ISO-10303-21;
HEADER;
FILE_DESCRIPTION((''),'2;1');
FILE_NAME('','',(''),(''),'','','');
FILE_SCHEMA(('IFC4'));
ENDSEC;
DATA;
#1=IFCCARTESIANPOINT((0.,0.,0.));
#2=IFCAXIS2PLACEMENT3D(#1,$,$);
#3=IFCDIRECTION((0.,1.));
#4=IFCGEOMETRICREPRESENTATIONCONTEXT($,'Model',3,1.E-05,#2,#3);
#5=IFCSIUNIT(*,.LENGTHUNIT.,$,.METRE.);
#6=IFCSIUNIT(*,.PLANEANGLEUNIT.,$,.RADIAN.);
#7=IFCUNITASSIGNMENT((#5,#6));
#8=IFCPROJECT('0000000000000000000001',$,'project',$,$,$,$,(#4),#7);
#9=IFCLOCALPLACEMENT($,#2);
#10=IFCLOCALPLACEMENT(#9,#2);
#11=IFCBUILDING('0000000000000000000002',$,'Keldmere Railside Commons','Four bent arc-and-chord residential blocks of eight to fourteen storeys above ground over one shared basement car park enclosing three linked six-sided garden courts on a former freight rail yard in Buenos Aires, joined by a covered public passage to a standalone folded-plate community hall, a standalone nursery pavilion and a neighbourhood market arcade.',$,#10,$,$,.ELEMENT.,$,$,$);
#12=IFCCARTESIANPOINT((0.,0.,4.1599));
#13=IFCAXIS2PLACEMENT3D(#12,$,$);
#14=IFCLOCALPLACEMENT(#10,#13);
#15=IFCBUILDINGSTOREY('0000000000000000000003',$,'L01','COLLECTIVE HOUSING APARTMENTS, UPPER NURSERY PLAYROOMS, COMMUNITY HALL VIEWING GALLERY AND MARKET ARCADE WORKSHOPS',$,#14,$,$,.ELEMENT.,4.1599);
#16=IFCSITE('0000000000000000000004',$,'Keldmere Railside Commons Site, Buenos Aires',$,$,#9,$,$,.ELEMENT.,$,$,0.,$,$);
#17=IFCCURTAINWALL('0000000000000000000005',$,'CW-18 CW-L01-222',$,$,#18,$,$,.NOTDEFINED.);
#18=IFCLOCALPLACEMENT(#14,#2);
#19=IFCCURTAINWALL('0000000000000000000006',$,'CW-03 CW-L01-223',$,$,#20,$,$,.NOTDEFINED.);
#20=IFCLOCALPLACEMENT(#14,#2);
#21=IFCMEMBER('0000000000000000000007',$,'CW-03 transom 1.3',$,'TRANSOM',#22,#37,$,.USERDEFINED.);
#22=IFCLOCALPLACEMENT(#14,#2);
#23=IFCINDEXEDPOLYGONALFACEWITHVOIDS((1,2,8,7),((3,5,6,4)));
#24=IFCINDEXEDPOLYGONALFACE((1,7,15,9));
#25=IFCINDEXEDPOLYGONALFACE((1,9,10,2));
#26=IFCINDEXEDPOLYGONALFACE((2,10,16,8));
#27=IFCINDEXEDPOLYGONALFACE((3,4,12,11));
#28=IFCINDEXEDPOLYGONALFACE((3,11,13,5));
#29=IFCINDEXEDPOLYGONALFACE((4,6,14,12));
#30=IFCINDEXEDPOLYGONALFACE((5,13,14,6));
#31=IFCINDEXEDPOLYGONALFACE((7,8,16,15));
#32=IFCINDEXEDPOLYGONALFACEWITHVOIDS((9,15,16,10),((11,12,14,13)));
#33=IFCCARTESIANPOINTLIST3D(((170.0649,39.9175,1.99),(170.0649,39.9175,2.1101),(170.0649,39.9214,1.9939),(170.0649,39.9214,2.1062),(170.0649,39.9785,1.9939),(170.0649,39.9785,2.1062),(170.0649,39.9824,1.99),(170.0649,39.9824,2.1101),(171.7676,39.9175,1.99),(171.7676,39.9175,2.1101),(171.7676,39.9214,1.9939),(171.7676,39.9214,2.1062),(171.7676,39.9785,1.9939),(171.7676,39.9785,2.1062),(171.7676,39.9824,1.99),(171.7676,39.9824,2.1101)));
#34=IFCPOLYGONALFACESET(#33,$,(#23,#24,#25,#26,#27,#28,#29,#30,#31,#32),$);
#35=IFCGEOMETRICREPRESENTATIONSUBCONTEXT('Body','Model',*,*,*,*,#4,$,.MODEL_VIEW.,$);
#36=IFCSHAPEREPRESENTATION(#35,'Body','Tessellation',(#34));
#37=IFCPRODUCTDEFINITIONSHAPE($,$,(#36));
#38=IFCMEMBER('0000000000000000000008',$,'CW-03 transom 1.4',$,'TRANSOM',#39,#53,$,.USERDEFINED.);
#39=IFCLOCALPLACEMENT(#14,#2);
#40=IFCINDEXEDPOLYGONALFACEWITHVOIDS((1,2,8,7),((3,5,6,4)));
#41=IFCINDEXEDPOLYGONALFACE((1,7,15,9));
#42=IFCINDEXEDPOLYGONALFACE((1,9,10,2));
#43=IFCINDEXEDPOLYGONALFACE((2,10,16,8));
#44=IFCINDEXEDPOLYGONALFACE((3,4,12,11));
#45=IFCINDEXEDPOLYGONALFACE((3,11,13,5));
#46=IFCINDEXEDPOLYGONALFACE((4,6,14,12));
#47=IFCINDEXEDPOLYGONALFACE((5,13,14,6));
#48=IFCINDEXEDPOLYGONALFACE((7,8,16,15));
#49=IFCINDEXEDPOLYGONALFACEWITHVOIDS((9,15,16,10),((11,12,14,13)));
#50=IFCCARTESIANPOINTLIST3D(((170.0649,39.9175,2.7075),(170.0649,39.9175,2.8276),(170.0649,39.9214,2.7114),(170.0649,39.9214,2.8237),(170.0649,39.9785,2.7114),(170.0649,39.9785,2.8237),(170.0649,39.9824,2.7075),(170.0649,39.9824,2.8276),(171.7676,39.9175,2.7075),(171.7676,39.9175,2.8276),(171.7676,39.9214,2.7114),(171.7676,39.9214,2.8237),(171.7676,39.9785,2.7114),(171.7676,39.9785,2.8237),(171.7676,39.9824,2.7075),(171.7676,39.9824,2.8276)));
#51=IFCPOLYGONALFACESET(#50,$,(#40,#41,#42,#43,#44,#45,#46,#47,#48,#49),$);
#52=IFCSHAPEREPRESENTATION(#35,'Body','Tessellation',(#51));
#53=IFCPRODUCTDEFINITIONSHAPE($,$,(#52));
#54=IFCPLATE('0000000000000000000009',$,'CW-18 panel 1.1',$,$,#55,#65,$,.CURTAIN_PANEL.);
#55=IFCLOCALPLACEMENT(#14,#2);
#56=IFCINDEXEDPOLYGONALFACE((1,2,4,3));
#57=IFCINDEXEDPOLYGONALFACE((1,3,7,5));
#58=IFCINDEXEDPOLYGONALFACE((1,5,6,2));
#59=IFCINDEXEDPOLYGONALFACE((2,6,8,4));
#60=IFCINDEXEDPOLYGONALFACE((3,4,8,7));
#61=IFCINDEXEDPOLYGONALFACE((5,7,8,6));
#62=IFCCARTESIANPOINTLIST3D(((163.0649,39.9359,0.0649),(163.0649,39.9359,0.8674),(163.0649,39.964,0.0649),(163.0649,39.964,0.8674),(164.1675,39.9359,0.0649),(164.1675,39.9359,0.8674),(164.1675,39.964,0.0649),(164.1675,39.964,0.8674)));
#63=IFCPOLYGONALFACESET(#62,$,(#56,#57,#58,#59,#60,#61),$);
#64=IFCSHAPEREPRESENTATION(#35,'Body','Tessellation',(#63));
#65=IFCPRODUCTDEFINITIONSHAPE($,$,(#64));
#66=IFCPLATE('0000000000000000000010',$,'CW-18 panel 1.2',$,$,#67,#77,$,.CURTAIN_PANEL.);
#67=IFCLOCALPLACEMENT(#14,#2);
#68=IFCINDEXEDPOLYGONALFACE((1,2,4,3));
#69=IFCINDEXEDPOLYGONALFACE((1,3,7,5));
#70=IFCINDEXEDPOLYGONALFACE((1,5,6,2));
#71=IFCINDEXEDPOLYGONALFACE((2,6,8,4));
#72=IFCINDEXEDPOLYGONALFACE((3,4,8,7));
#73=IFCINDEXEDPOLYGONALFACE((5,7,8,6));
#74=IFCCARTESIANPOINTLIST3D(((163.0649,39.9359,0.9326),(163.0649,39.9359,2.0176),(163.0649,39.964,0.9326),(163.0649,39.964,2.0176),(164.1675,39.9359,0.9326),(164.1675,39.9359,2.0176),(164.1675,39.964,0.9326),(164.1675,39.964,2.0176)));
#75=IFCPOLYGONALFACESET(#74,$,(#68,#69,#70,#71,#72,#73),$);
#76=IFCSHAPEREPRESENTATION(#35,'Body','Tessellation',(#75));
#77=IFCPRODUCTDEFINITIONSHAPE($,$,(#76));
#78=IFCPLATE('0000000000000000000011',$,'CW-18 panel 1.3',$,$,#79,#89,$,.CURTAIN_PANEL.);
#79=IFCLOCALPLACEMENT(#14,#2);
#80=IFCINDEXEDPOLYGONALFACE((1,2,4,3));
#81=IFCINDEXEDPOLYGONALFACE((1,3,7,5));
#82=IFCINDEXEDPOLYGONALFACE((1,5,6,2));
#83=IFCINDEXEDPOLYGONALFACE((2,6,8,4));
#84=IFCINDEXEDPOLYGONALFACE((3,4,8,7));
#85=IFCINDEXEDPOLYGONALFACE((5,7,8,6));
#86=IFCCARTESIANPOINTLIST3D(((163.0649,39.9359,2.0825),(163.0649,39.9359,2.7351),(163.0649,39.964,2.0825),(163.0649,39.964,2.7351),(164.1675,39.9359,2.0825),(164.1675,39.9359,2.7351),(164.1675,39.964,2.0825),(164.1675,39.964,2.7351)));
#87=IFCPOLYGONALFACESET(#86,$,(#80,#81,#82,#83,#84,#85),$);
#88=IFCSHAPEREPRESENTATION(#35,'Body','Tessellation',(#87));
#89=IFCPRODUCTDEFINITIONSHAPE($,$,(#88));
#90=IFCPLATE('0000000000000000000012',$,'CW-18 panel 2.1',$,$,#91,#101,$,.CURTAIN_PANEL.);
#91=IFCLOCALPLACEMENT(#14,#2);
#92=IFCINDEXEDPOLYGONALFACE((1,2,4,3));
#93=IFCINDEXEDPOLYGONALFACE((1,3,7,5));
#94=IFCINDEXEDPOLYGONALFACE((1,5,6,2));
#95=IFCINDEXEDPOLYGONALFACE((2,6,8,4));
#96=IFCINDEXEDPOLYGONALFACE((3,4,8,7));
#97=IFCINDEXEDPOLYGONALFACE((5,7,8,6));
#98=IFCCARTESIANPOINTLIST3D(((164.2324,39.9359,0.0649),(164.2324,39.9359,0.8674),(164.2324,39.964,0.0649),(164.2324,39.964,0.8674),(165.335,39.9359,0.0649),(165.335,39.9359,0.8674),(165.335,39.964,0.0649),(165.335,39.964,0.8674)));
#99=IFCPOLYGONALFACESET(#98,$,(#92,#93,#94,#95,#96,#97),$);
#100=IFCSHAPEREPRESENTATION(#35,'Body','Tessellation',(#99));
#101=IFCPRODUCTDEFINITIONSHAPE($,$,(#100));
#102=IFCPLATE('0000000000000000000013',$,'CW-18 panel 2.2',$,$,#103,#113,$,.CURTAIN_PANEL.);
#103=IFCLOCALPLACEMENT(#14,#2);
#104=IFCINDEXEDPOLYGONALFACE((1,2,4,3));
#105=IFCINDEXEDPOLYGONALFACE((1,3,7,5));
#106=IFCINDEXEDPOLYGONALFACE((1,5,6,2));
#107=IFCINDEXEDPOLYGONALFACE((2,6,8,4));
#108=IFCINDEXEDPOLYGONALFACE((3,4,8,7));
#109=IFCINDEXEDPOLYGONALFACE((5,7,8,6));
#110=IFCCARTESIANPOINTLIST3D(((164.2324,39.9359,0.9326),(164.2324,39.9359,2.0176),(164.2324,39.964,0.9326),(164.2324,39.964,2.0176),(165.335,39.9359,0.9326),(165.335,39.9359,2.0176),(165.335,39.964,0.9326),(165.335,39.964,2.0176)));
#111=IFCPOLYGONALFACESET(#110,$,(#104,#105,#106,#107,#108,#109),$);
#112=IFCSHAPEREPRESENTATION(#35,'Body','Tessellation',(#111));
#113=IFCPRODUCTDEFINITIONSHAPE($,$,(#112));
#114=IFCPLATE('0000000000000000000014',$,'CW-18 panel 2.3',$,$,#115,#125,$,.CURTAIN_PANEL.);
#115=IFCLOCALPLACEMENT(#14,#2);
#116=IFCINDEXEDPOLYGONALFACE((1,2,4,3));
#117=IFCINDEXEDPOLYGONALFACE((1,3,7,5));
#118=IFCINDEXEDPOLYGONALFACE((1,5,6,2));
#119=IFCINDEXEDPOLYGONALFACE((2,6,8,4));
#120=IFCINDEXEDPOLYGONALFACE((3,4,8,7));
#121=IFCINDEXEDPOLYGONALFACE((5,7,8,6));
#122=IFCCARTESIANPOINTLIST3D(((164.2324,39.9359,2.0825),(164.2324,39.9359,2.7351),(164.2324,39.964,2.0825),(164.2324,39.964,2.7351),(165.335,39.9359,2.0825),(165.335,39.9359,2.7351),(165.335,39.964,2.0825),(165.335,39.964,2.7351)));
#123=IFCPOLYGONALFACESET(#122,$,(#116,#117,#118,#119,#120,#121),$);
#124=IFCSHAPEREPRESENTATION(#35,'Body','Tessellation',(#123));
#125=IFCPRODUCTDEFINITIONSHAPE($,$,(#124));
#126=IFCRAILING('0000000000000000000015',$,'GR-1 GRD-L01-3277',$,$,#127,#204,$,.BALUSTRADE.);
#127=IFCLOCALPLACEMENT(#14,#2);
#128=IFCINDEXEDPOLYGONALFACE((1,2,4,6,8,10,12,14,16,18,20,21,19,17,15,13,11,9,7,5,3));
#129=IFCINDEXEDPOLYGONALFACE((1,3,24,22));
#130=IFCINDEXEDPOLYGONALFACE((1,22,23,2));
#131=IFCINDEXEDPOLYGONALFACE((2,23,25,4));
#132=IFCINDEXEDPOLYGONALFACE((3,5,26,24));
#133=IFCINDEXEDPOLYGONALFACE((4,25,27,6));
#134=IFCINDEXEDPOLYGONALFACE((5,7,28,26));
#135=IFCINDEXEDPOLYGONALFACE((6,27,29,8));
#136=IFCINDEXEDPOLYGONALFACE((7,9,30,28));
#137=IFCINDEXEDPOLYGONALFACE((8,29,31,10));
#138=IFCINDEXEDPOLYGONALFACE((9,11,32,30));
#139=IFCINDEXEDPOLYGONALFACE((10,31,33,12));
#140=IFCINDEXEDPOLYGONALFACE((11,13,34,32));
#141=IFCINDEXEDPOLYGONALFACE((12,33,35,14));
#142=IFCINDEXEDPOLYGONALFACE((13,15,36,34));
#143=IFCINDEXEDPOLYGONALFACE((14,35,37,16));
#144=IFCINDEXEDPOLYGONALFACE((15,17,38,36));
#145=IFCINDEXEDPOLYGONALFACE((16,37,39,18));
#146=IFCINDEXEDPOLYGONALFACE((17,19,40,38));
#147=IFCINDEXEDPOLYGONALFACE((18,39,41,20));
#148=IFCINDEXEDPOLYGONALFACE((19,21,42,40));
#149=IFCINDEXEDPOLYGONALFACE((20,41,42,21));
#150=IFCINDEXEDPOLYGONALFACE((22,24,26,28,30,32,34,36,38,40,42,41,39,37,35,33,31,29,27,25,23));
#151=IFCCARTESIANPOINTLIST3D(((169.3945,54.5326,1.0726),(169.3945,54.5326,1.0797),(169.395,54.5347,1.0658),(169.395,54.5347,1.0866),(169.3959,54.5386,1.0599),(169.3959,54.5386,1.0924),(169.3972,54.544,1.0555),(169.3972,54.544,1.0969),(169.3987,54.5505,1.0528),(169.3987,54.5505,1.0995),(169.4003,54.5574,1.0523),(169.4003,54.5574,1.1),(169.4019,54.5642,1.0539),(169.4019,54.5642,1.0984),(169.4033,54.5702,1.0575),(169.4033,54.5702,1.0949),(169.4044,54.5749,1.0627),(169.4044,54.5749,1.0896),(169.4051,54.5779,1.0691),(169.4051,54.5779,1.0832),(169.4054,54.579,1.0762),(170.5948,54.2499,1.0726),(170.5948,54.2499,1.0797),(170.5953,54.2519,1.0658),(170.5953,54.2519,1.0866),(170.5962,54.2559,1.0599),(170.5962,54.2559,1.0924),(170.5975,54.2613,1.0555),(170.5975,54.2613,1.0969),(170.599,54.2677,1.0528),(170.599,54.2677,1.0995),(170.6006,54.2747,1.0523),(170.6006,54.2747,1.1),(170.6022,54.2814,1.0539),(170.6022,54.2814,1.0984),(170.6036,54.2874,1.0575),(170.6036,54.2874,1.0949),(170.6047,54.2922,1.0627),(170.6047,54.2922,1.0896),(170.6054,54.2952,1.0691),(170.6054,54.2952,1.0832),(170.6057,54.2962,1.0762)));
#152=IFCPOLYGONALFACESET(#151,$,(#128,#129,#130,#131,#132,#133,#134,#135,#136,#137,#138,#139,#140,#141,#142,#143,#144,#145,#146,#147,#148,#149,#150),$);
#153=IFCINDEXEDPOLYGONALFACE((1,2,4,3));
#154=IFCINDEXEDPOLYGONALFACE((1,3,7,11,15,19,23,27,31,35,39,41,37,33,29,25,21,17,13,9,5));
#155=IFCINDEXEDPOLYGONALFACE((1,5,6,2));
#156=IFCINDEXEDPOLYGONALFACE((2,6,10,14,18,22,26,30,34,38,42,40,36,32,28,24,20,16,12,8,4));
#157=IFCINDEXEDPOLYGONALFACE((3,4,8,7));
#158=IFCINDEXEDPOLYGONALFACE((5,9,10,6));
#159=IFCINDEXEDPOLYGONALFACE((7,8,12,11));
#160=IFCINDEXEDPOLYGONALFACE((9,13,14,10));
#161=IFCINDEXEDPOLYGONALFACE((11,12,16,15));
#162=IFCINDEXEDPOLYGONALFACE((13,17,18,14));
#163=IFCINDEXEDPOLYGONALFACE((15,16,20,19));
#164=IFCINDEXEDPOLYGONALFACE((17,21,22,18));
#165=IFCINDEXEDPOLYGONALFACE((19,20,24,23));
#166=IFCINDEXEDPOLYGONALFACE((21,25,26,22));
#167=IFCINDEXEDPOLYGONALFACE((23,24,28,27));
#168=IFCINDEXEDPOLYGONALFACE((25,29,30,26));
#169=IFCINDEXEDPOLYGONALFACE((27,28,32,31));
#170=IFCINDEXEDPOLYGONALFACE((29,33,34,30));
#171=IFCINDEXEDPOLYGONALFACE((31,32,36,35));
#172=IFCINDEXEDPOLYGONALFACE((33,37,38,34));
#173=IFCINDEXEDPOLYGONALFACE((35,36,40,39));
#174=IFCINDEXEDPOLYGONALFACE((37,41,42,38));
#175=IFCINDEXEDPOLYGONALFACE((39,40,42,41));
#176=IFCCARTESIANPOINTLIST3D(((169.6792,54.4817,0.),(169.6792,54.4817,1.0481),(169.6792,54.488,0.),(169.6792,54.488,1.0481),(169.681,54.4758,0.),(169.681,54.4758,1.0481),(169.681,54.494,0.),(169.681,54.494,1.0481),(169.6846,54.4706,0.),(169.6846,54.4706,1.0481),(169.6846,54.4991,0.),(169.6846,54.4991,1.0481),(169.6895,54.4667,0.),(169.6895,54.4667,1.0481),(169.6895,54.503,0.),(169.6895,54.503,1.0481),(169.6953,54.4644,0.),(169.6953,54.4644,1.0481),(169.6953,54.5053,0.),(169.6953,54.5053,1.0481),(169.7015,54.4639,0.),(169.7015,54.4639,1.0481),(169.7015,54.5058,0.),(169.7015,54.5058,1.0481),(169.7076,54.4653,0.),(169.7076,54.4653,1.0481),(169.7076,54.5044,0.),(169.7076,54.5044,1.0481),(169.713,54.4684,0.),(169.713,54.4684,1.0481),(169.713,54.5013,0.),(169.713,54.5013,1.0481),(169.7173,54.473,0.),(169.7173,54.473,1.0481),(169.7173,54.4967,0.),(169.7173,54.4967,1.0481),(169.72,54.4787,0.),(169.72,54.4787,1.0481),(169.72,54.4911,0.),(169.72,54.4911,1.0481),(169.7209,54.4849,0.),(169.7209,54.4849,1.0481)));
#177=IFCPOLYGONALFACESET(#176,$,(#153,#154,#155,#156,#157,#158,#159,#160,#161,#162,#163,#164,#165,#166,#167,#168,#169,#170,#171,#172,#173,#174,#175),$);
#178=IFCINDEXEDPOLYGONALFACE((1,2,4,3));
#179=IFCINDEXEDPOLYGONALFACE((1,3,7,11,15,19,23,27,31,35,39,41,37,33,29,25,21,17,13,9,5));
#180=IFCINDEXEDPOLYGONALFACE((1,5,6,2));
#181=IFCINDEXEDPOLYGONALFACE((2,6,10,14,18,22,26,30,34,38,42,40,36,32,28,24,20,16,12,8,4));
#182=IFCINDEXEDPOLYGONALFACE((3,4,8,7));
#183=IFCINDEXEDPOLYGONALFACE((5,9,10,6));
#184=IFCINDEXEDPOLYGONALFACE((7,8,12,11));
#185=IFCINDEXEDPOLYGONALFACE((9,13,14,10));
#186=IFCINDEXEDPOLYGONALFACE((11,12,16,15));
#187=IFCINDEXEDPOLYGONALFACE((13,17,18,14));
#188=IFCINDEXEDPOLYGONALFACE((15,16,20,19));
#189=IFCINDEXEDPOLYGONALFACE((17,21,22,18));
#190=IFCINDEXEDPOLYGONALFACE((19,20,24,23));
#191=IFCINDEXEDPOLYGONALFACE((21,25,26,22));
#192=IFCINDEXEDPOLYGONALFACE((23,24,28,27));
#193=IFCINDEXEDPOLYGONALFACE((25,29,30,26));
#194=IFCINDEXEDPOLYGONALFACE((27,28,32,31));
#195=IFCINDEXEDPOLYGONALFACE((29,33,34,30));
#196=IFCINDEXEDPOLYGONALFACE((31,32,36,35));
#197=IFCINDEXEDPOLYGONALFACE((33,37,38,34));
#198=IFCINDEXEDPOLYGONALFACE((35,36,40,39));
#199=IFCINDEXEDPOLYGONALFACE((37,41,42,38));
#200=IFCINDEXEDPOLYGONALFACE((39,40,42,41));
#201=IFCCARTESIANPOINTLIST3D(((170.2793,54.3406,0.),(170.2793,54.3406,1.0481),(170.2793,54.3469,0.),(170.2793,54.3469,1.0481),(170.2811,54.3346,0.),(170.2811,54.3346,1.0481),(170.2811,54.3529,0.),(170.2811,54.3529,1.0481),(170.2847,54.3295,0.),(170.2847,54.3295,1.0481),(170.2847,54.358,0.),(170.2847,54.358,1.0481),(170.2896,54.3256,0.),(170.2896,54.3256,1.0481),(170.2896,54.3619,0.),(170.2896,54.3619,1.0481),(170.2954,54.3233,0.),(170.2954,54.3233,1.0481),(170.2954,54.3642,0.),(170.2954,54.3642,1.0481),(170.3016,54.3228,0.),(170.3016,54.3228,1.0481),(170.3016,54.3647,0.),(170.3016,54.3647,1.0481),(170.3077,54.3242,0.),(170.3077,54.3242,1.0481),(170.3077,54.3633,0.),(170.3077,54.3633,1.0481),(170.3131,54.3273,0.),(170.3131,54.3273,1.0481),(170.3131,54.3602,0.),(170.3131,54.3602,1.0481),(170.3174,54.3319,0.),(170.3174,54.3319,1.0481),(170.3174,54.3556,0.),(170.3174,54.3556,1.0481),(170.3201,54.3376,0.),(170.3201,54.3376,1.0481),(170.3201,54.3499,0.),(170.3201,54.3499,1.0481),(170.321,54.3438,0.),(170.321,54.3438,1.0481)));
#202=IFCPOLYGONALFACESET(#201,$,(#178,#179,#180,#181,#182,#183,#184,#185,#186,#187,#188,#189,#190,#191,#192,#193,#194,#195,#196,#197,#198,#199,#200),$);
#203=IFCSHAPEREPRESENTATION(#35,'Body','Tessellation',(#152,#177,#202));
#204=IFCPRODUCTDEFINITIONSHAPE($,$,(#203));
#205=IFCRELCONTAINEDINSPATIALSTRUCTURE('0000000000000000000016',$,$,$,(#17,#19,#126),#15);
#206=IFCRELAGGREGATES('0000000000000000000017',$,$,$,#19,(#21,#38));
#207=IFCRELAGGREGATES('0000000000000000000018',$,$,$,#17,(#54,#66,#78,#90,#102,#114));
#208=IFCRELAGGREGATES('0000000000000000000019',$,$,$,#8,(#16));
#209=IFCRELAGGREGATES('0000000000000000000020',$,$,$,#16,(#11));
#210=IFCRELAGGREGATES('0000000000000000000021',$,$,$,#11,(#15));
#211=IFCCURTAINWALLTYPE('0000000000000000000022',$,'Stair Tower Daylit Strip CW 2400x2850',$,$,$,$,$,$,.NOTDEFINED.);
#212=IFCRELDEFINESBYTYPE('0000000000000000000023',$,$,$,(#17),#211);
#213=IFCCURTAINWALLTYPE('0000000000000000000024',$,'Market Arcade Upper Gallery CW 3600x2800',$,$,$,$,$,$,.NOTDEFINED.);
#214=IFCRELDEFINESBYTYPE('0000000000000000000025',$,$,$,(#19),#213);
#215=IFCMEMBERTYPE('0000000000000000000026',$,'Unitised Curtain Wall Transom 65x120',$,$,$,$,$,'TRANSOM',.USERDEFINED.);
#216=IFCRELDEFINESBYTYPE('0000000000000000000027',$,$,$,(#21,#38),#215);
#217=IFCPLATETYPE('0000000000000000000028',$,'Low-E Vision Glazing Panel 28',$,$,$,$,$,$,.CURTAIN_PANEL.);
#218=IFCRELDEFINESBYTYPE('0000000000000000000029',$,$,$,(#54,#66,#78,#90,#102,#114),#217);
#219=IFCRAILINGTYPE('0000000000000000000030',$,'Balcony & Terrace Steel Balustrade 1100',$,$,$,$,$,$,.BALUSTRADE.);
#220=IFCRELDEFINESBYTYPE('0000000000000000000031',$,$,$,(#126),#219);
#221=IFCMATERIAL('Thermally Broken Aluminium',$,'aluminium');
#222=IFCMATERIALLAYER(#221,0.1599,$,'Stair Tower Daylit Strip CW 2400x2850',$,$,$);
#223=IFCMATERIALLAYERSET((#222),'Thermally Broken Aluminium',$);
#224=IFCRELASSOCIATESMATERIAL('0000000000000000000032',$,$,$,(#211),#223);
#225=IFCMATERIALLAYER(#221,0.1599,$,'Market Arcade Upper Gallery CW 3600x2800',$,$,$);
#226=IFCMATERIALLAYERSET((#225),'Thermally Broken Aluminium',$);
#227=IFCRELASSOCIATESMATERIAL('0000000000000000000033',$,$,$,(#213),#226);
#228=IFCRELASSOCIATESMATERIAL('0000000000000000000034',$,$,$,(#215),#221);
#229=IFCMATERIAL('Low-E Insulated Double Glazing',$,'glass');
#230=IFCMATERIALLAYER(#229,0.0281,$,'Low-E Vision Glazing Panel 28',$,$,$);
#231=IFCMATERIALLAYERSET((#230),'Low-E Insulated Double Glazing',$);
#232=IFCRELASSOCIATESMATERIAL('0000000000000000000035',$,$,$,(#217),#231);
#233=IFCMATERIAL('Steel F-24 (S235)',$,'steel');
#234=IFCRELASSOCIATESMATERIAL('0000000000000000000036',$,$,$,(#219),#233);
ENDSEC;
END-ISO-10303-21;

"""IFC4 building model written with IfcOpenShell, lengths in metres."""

from ifc_helpers import new_model, si_unit, direction, frame, origin, origin_2d, place, context, subcontext, project, spatial, rectangle, hollow_rectangle, circle, extrude, material, layer, layer_set, material_profile, profile_set, type_object, element, aggregate, save


model = new_model("IFC4")

# Units and contexts
model_context = context("Model", 3, precision=1e-05, world=origin(), true_north=direction((0.0, 1.0)))
body_context = subcontext(model_context, "Body", "Model", "MODEL_VIEW")
ifc_project = project(units=[si_unit("LENGTHUNIT", "METRE"), si_unit("PLANEANGLEUNIT", "RADIAN")], contexts=[model_context])

# Site, building, storey
site_placement = place(None, origin())
site = spatial("IfcSite", under=ifc_project, at=site_placement, Name="Keldmere Railside Commons Site, Buenos Aires", CompositionType="ELEMENT", RefElevation=0.0)
building_placement = place(site_placement, origin())
building = spatial("IfcBuilding", under=site, at=building_placement, Name="Keldmere Railside Commons", Description="Four bent arc-and-chord residential blocks of eight to fourteen storeys above ground over one shared basement car park enclosing three linked six-sided garden courts on a former freight rail yard in Buenos Aires, joined by a covered public passage to a standalone folded-plate community hall, a standalone nursery pavilion and a neighbourhood market arcade.", CompositionType="ELEMENT")
storey_placement = place(building_placement, frame((0.0, 0.0, 4.1599)))
storey = spatial("IfcBuildingStorey", under=building, at=storey_placement, Name="L01", Description="COLLECTIVE HOUSING APARTMENTS, UPPER NURSERY PLAYROOMS, COMMUNITY HALL VIEWING GALLERY AND MARKET ARCADE WORKSHOPS", CompositionType="ELEMENT", Elevation=4.1599)

# Curtain wall
ifc_material_1 = material(Name="Thermally Broken Aluminium", Category="aluminium")
ifc_layer_1 = layer(ifc_material_1, 0.1599, Name="Stair Tower Daylit Strip CW 2400x2850")
ifc_layer_set_1 = layer_set([ifc_layer_1], Name="Thermally Broken Aluminium")
curtain_wall_type_1 = type_object("IfcCurtainWallType", Name="Stair Tower Daylit Strip CW 2400x2850", PredefinedType="NOTDEFINED", material=ifc_layer_set_1)
curtain_wall_1_placement = place(storey_placement, origin())
curtain_wall_1 = element("IfcCurtainWall", 1, at=curtain_wall_1_placement, inside=storey, type_object=curtain_wall_type_1, Name="CW-18 CW-L01-222", PredefinedType="NOTDEFINED")

# Curtain wall
ifc_layer_2 = layer(ifc_material_1, 0.1599, Name="Market Arcade Upper Gallery CW 3600x2800")
ifc_layer_set_2 = layer_set([ifc_layer_2], Name="Thermally Broken Aluminium")
curtain_wall_type_2 = type_object("IfcCurtainWallType", Name="Market Arcade Upper Gallery CW 3600x2800", PredefinedType="NOTDEFINED", material=ifc_layer_set_2)
curtain_wall_2_placement = place(storey_placement, origin())
curtain_wall_2 = element("IfcCurtainWall", 2, at=curtain_wall_2_placement, inside=storey, type_object=curtain_wall_type_2, Name="CW-03 CW-L01-223", PredefinedType="NOTDEFINED")

# Members
ifc_material_profile_1 = material_profile(ifc_material_1, hollow_rectangle(XDim=0.0649, YDim=0.1201, WallThickness=0.0039, at=origin_2d()), Name="ALU-TRAN-65x120")
ifc_profile_set_1 = profile_set([ifc_material_profile_1], Name="Thermally Broken Aluminium")
member_type_1 = type_object("IfcMemberType", Name="Unitised Curtain Wall Transom 65x120", ElementType="TRANSOM", PredefinedType="USERDEFINED", material=ifc_profile_set_1)
member_1_placement = place(storey_placement, frame((170.0649, 39.95, 2.05), z_axis=(1.0, 0.0, 0.0), x_axis=(0.0, 1.0, 0.0)))
member_1 = element("IfcMember", 3, at=member_1_placement, type_object=member_type_1, Name="CW-03 transom 1.3", ObjectType="TRANSOM", PredefinedType="USERDEFINED", context=body_context, shape_type="SweptSolid", body=[
    extrude(hollow_rectangle(XDim=0.0649, YDim=0.1201, WallThickness=0.0039, at=origin_2d()), origin(), (0.0, 0.0, 1.0), 1.7026),
])
member_2_placement = place(storey_placement, frame((170.0649, 39.95, 2.7676), z_axis=(1.0, 0.0, 0.0), x_axis=(0.0, 1.0, 0.0)))
member_2 = element("IfcMember", 4, at=member_2_placement, type_object=member_type_1, Name="CW-03 transom 1.4", ObjectType="TRANSOM", PredefinedType="USERDEFINED", context=body_context, shape_type="SweptSolid", body=[
    extrude(hollow_rectangle(XDim=0.0649, YDim=0.1201, WallThickness=0.0039, at=origin_2d()), origin(), (0.0, 0.0, 1.0), 1.7026),
])
aggregate(curtain_wall_2, [member_1, member_2])

# Plates
ifc_material_2 = material(Name="Low-E Insulated Double Glazing", Category="glass")
ifc_layer_3 = layer(ifc_material_2, 0.0281, Name="Low-E Vision Glazing Panel 28")
ifc_layer_set_3 = layer_set([ifc_layer_3], Name="Low-E Insulated Double Glazing")
plate_type = type_object("IfcPlateType", Name="Low-E Vision Glazing Panel 28", PredefinedType="CURTAIN_PANEL", material=ifc_layer_set_3)
plate_1_placement = place(storey_placement, frame((163.6162, 39.95, 0.0649), z_axis=(0.0, 0.0, 1.0), x_axis=(1.0, 0.0, 0.0)))
plate_1 = element("IfcPlate", 5, at=plate_1_placement, type_object=plate_type, Name="CW-18 panel 1.1", PredefinedType="CURTAIN_PANEL", context=body_context, shape_type="SweptSolid", body=[
    extrude(rectangle(XDim=1.1025, YDim=0.0281, at=origin_2d()), origin(), (0.0, 0.0, 1.0), 0.8025),
])
plate_2_placement = place(storey_placement, frame((163.6162, 39.95, 0.9326), z_axis=(0.0, 0.0, 1.0), x_axis=(1.0, 0.0, 0.0)))
plate_2 = element("IfcPlate", 6, at=plate_2_placement, type_object=plate_type, Name="CW-18 panel 1.2", PredefinedType="CURTAIN_PANEL", context=body_context, shape_type="SweptSolid", body=[
    extrude(rectangle(XDim=1.1025, YDim=0.0281, at=origin_2d()), origin(), (0.0, 0.0, 1.0), 1.085),
])
plate_3_placement = place(storey_placement, frame((163.6162, 39.95, 2.0825), z_axis=(0.0, 0.0, 1.0), x_axis=(1.0, 0.0, 0.0)))
plate_3 = element("IfcPlate", 7, at=plate_3_placement, type_object=plate_type, Name="CW-18 panel 1.3", PredefinedType="CURTAIN_PANEL", context=body_context, shape_type="SweptSolid", body=[
    extrude(rectangle(XDim=1.1025, YDim=0.0281, at=origin_2d()), origin(), (0.0, 0.0, 1.0), 0.6526),
])
plate_4_placement = place(storey_placement, frame((164.7837, 39.95, 0.0649), z_axis=(0.0, 0.0, 1.0), x_axis=(1.0, 0.0, 0.0)))
plate_4 = element("IfcPlate", 8, at=plate_4_placement, type_object=plate_type, Name="CW-18 panel 2.1", PredefinedType="CURTAIN_PANEL", context=body_context, shape_type="SweptSolid", body=[
    extrude(rectangle(XDim=1.1025, YDim=0.0281, at=origin_2d()), origin(), (0.0, 0.0, 1.0), 0.8025),
])
plate_5_placement = place(storey_placement, frame((164.7837, 39.95, 0.9326), z_axis=(0.0, 0.0, 1.0), x_axis=(1.0, 0.0, 0.0)))
plate_5 = element("IfcPlate", 9, at=plate_5_placement, type_object=plate_type, Name="CW-18 panel 2.2", PredefinedType="CURTAIN_PANEL", context=body_context, shape_type="SweptSolid", body=[
    extrude(rectangle(XDim=1.1025, YDim=0.0281, at=origin_2d()), origin(), (0.0, 0.0, 1.0), 1.085),
])
plate_6_placement = place(storey_placement, frame((164.7837, 39.95, 2.0825), z_axis=(0.0, 0.0, 1.0), x_axis=(1.0, 0.0, 0.0)))
plate_6 = element("IfcPlate", 10, at=plate_6_placement, type_object=plate_type, Name="CW-18 panel 2.3", PredefinedType="CURTAIN_PANEL", context=body_context, shape_type="SweptSolid", body=[
    extrude(rectangle(XDim=1.1025, YDim=0.0281, at=origin_2d()), origin(), (0.0, 0.0, 1.0), 0.6526),
])
aggregate(curtain_wall_1, [plate_1, plate_2, plate_3, plate_4, plate_5, plate_6])

# Railing
ifc_material_3 = material(Name="Steel F-24 (S235)", Category="steel")
railing_type = type_object("IfcRailingType", Name="Balcony & Terrace Steel Balustrade 1100", PredefinedType="BALUSTRADE", material=ifc_material_3)
railing_1_placement = place(storey_placement, frame((169.3999, 54.5557, 0.0)))
element("IfcRailing", 11, at=railing_1_placement, inside=storey, type_object=railing_type, Name="GR-1 GRD-L01-3277", PredefinedType="BALUSTRADE", context=body_context, shape_type="SweptSolid", body=[
    extrude(circle(Radius=0.0239, at=origin_2d()), frame((0.0, 0.0, 1.0762), z_axis=(0.97336, -0.229282, 0.0), x_axis=(0.229282, 0.97336, 0.0)), (0.0, 0.0, 1.0), 1.2332),
    extrude(circle(Radius=0.021, at=origin_2d()), frame((0.3, -0.0708, 0.0)), (0.0, 0.0, 1.0), 1.0481),
    extrude(circle(Radius=0.021, at=origin_2d()), frame((0.9001, -0.2119, 0.0)), (0.0, 0.0, 1.0), 1.0481),
])

save(model, "model.ifc")
